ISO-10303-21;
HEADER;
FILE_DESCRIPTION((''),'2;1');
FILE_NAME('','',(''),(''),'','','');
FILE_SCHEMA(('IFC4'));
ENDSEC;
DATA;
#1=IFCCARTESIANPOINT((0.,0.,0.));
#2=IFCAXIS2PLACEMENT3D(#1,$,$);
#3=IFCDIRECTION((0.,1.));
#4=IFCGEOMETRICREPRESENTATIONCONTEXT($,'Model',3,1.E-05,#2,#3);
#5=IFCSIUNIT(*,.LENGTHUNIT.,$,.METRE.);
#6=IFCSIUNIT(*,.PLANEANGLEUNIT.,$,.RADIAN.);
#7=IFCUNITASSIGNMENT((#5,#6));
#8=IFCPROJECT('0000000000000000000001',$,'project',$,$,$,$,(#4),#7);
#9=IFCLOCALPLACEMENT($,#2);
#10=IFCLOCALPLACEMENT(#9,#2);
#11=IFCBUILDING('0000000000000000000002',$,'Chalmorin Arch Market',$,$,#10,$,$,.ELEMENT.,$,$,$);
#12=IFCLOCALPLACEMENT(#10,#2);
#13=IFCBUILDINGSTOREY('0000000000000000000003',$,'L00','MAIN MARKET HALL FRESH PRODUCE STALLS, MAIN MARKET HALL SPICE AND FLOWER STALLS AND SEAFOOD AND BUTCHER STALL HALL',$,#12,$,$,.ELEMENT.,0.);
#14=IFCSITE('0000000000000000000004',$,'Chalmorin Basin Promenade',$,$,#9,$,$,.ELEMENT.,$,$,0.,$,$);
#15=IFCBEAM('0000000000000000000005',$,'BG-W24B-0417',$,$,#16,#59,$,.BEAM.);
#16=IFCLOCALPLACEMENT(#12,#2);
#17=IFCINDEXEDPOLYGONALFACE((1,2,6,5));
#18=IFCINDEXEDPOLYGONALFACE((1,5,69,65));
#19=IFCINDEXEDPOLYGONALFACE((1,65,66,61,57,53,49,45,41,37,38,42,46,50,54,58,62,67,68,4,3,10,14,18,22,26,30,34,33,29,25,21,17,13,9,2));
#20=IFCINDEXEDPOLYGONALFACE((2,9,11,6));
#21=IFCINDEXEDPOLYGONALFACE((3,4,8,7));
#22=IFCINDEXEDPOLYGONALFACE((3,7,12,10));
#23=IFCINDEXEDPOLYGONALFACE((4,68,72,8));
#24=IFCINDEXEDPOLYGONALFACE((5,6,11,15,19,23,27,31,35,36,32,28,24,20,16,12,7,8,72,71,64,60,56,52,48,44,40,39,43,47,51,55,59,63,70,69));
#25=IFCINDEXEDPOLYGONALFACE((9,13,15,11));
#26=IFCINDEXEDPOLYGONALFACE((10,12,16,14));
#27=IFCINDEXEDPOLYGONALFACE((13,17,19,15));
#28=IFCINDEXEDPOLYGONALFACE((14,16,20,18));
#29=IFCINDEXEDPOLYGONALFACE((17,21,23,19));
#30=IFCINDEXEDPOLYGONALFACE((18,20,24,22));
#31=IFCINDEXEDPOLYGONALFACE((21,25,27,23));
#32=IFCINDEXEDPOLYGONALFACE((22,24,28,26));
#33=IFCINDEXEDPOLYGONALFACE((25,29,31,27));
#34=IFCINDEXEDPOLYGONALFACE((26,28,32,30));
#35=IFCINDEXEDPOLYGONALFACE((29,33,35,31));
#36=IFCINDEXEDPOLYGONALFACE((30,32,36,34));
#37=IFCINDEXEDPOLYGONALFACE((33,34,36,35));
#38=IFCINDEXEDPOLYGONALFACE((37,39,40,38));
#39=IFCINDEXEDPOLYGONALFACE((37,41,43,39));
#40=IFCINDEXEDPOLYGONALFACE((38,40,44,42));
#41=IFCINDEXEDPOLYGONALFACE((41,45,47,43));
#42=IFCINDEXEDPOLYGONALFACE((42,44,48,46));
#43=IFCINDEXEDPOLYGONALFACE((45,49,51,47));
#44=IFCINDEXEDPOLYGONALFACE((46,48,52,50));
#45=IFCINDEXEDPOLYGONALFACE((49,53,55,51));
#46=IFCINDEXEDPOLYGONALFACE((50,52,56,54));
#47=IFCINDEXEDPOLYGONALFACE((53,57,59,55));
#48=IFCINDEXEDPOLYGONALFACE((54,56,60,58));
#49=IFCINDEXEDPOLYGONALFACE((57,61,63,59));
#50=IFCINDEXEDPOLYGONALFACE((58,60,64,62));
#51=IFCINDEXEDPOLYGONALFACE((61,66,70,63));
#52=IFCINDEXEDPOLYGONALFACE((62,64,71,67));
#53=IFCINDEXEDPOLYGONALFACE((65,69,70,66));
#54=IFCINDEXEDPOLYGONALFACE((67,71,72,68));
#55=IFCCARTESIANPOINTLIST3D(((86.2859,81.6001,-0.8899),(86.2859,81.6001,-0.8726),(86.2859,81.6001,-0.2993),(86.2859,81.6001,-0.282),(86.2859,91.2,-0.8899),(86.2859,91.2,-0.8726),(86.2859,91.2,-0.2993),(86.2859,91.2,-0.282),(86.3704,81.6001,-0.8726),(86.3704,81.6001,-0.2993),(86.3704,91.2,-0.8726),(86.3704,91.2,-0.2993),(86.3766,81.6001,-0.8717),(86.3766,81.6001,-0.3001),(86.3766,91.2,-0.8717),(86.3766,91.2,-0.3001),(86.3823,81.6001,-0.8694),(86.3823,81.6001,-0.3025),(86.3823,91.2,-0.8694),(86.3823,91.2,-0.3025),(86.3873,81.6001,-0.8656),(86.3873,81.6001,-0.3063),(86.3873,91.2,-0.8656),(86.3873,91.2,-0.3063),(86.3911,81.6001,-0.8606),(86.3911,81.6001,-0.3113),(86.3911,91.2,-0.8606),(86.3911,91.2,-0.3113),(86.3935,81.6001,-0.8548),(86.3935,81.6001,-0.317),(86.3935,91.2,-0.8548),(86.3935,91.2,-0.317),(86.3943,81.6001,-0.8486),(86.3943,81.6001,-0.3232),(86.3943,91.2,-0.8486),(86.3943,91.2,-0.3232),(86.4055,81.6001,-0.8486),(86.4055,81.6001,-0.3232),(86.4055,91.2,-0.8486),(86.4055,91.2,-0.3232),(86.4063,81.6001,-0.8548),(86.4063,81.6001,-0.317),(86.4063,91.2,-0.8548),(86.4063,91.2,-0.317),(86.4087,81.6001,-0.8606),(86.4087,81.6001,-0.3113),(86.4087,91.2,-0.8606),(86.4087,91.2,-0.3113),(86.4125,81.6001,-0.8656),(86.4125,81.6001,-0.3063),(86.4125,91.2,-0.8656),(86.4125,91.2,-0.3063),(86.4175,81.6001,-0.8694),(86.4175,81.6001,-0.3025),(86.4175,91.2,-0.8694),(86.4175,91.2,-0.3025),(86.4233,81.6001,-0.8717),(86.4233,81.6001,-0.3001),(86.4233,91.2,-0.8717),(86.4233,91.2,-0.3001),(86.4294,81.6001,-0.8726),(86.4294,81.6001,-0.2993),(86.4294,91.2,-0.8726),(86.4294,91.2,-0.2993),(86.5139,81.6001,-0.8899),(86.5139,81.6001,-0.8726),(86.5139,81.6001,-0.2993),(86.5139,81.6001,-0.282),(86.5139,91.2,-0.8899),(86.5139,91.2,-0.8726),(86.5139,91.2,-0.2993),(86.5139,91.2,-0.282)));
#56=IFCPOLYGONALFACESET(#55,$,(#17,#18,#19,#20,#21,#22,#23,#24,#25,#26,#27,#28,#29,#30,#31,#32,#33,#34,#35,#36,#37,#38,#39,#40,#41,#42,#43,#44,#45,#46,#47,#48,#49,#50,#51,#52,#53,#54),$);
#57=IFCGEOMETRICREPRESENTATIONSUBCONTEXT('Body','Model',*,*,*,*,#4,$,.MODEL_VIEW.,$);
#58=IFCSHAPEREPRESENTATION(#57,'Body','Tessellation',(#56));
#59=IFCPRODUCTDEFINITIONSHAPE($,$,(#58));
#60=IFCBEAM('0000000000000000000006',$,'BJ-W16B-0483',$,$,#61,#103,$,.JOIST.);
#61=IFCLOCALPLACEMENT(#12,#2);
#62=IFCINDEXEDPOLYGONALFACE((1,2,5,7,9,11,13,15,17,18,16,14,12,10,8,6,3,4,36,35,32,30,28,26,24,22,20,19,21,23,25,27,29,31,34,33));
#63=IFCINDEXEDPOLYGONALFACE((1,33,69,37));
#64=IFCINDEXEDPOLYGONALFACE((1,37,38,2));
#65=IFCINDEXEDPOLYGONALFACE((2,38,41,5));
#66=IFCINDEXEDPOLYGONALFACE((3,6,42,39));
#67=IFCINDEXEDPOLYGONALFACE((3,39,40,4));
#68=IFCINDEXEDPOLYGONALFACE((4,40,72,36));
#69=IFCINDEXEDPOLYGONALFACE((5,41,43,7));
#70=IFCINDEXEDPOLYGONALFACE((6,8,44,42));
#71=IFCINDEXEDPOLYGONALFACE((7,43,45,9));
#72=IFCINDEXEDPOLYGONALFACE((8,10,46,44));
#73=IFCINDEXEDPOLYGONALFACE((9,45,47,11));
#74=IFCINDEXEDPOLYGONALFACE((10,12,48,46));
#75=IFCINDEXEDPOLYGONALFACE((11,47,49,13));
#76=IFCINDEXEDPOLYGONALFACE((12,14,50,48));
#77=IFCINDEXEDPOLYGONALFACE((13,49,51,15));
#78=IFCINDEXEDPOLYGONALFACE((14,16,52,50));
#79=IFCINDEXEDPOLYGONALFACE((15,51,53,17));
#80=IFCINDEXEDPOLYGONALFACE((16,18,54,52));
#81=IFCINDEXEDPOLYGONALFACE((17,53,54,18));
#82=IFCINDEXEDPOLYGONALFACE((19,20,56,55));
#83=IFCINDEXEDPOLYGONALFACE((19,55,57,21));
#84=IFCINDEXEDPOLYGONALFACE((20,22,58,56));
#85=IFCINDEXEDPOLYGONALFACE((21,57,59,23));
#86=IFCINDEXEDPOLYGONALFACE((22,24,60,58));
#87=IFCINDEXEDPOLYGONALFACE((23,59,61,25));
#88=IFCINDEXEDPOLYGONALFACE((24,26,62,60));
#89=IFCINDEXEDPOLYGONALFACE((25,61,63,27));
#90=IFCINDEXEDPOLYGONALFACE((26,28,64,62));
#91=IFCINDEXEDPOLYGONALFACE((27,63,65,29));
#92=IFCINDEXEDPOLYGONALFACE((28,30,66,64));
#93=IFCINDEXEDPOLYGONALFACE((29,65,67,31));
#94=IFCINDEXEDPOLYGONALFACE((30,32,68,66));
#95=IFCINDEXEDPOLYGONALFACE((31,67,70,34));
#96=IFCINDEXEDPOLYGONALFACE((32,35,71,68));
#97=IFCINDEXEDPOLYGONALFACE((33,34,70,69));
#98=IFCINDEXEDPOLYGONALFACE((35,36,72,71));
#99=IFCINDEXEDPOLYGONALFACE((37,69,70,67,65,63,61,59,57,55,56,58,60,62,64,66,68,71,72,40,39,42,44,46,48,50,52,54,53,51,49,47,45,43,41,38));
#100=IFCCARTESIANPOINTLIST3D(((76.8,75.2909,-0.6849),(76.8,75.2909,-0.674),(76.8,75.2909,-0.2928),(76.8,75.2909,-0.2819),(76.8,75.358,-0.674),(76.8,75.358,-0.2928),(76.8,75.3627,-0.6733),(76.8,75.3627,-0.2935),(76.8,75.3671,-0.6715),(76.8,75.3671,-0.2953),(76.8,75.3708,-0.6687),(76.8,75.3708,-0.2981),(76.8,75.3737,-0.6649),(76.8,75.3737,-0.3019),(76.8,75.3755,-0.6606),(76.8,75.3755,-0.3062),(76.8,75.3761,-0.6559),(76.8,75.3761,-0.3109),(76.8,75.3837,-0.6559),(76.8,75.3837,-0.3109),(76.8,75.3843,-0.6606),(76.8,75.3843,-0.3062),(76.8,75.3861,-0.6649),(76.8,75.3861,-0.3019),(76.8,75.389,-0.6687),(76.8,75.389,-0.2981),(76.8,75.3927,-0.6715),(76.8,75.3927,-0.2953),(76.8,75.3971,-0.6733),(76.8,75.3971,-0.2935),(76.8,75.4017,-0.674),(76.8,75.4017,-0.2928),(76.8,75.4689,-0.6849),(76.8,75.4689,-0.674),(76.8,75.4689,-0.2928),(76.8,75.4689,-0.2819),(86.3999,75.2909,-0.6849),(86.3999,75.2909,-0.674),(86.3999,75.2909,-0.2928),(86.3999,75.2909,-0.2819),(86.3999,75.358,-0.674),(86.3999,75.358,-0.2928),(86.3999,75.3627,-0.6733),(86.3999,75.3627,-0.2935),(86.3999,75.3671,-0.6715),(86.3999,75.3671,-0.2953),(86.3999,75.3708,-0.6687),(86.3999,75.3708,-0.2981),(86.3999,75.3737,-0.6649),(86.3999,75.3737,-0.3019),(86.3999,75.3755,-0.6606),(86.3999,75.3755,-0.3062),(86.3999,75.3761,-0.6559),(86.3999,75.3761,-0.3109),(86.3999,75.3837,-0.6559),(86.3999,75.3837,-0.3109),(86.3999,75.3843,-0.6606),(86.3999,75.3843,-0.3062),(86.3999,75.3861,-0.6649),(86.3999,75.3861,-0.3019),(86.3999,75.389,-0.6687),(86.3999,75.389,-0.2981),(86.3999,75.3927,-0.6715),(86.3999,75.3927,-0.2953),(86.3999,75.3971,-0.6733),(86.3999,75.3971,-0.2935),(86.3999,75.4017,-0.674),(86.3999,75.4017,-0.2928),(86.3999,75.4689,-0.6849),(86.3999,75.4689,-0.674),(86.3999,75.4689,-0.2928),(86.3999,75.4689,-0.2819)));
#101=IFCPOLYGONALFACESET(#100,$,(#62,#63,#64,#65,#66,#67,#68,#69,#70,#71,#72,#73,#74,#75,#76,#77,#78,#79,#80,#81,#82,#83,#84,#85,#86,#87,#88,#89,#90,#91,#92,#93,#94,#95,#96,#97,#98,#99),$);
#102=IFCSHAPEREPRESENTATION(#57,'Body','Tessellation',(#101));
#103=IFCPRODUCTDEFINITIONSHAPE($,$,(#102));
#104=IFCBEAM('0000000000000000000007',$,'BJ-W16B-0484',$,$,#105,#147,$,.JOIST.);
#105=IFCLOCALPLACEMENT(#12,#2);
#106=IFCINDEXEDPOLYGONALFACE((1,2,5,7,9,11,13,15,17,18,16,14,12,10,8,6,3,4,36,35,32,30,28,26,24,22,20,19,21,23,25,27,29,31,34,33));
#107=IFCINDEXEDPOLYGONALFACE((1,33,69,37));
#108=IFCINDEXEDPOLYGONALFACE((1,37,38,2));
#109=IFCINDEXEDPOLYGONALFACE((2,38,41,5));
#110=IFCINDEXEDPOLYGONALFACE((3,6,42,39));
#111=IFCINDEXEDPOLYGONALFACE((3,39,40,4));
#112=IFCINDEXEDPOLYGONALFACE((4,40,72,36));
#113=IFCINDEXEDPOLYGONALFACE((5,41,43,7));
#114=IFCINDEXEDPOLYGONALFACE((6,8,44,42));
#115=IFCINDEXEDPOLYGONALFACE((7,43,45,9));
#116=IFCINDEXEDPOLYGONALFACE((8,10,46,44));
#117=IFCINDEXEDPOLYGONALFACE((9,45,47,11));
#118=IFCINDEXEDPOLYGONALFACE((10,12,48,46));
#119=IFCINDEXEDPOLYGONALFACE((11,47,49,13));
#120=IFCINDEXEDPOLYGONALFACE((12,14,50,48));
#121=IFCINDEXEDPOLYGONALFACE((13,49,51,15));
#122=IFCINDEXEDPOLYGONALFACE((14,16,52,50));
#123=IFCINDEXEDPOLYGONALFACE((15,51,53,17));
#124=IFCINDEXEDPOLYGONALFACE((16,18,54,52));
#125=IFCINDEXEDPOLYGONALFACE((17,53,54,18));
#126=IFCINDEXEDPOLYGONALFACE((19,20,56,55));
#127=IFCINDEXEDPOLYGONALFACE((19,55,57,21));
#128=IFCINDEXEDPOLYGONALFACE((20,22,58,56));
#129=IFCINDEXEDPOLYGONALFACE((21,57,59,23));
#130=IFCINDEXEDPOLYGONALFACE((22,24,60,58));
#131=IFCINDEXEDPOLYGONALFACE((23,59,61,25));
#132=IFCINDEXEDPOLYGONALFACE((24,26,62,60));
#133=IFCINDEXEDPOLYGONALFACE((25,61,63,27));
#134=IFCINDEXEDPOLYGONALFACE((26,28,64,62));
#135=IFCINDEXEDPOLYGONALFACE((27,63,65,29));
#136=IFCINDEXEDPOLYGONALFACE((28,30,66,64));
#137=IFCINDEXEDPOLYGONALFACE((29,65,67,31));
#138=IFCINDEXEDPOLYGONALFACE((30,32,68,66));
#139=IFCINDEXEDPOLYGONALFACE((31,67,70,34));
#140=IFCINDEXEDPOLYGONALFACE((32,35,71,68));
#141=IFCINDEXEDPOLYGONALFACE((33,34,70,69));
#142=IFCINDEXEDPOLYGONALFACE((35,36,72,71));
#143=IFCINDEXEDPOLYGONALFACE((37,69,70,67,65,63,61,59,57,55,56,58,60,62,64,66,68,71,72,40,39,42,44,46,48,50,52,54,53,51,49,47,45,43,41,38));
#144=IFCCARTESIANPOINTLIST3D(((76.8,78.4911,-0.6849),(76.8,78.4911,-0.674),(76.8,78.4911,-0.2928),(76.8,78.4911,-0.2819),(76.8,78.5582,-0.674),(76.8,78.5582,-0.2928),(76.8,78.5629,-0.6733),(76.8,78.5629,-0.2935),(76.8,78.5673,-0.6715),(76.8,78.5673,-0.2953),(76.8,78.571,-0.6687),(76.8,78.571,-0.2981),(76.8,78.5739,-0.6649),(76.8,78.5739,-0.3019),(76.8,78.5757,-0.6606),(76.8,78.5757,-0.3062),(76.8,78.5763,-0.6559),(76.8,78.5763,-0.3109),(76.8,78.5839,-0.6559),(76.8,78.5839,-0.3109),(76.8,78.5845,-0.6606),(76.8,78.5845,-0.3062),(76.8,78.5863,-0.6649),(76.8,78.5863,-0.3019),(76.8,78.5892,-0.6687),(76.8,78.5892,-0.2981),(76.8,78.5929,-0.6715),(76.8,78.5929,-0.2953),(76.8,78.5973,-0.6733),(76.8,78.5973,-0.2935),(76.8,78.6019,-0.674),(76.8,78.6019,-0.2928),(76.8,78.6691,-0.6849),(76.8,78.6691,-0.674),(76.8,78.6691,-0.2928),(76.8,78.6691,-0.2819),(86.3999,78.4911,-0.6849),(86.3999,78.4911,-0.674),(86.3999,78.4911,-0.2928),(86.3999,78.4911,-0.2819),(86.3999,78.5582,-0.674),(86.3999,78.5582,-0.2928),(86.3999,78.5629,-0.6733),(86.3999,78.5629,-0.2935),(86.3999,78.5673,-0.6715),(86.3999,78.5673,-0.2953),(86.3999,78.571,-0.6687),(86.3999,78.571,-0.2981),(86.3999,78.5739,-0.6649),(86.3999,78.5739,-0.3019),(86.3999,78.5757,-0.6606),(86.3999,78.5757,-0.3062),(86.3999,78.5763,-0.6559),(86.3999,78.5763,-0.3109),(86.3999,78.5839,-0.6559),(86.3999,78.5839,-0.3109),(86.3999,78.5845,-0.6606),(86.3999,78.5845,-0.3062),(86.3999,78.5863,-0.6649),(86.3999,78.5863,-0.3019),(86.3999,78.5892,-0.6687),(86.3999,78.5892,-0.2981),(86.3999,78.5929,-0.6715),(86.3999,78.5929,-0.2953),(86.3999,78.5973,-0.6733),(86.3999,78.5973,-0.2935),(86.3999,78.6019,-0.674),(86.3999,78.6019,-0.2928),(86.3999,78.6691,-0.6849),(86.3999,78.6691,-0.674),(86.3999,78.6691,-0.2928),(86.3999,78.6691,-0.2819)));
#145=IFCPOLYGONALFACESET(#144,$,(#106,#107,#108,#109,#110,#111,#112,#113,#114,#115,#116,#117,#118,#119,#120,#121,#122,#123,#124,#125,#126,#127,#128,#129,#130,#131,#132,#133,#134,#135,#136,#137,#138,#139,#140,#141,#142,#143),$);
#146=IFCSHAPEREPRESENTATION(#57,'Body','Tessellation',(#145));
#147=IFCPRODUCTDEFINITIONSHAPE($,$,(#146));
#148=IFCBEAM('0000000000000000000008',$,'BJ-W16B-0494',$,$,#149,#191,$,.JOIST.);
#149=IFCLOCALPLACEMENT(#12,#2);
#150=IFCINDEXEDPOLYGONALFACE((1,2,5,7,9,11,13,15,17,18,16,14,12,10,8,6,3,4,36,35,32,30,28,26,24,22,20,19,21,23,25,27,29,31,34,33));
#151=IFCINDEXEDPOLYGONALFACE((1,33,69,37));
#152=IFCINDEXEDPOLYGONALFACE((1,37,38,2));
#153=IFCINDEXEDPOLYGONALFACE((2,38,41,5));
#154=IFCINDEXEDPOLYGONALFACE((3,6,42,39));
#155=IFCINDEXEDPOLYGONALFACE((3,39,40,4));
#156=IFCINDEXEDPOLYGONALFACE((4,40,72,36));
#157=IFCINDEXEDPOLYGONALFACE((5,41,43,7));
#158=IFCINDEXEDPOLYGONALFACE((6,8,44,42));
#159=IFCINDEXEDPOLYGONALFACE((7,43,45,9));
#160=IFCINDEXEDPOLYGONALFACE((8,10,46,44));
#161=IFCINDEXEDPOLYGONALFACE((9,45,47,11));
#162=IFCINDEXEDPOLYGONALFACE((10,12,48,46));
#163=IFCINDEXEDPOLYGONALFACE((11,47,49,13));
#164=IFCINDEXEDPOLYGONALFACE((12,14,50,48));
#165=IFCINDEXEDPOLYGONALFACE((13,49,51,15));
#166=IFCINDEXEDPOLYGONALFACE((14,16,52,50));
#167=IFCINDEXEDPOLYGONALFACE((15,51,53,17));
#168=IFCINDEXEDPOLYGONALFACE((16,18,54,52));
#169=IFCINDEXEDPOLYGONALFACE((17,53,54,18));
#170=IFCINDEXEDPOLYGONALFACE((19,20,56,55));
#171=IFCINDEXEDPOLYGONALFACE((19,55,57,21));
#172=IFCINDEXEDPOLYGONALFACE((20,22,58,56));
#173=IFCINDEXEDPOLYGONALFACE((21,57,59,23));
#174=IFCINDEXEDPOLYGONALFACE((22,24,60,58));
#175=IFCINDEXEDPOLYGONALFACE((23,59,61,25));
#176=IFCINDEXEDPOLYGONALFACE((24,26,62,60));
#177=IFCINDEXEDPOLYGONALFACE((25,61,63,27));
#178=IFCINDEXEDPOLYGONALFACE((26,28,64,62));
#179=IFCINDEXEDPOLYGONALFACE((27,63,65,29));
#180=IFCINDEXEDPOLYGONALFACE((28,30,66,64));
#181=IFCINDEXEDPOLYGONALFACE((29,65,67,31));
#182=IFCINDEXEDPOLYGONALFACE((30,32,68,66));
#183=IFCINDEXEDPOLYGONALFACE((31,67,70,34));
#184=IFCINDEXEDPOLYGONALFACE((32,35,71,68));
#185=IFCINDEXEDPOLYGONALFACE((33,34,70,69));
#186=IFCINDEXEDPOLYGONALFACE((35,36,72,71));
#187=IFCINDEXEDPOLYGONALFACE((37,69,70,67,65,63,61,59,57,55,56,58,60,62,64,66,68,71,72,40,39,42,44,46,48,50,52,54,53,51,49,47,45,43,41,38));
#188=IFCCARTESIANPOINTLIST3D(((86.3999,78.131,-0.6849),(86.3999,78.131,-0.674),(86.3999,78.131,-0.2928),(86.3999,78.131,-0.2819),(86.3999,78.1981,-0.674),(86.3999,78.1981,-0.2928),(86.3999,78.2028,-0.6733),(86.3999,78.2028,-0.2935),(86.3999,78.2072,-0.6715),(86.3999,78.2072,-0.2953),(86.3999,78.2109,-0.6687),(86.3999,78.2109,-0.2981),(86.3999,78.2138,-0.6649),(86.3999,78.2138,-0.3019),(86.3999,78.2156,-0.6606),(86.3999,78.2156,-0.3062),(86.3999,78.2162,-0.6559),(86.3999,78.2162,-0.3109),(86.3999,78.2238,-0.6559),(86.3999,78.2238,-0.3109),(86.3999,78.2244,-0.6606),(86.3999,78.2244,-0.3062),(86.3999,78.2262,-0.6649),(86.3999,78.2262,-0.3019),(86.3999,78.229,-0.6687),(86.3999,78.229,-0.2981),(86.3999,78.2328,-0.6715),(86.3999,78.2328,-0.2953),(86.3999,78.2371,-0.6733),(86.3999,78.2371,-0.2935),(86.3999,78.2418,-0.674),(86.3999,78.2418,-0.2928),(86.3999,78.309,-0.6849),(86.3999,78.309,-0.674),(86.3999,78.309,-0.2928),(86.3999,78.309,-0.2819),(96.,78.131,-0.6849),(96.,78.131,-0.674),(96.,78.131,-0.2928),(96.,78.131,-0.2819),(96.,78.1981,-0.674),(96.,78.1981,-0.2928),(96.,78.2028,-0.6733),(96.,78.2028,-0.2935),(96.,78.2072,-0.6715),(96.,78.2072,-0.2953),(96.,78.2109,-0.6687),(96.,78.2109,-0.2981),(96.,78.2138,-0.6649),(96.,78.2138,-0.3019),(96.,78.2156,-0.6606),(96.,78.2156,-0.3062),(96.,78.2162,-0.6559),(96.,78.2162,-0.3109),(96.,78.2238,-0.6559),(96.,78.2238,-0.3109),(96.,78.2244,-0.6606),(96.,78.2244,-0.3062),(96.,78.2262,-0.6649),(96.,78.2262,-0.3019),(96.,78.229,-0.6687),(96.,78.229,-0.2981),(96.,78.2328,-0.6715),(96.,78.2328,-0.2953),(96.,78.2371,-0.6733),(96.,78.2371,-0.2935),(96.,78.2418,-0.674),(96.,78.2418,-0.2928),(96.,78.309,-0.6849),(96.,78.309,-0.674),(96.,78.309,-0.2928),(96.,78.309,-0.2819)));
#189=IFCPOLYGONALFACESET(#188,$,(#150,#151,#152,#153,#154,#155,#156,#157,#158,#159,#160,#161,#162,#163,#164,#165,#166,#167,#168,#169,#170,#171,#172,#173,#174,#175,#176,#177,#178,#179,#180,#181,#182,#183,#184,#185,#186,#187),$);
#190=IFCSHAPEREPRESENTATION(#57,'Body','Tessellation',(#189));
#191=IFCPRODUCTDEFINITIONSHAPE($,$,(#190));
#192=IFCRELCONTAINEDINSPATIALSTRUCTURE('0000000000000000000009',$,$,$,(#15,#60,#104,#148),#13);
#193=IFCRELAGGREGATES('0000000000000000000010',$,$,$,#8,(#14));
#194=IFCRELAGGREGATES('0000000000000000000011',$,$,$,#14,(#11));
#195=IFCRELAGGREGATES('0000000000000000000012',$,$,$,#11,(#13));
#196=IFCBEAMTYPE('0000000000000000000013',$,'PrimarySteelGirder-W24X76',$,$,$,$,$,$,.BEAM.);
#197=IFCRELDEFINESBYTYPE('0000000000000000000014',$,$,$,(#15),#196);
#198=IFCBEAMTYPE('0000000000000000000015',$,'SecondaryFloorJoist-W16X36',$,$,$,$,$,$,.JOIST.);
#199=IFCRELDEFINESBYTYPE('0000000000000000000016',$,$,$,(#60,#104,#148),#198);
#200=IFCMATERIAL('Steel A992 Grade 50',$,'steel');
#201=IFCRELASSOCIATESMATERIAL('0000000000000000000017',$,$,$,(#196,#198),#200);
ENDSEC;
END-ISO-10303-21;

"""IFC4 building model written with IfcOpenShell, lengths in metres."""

from ifc_helpers import new_model, si_unit, direction, frame, origin, origin_2d, place, context, subcontext, project, spatial, i_section, extrude, material, material_profile, profile_set, type_object, element, save


model = new_model("IFC4")

# Units and contexts
model_context = context("Model", 3, precision=1e-05, world=origin(), true_north=direction((0.0, 1.0)))
body_context = subcontext(model_context, "Body", "Model", "MODEL_VIEW")
ifc_project = project(units=[si_unit("LENGTHUNIT", "METRE"), si_unit("PLANEANGLEUNIT", "RADIAN")], contexts=[model_context])

# Site, building, storey
site_placement = place(None, origin())
site = spatial("IfcSite", under=ifc_project, at=site_placement, Name="Chalmorin Basin Promenade", CompositionType="ELEMENT", RefElevation=0.0)
building_placement = place(site_placement, origin())
building = spatial("IfcBuilding", under=site, at=building_placement, Name="Chalmorin Arch Market", CompositionType="ELEMENT")
storey_placement = place(building_placement, origin())
storey = spatial("IfcBuildingStorey", under=building, at=storey_placement, Name="L00", Description="MAIN MARKET HALL FRESH PRODUCE STALLS, MAIN MARKET HALL SPICE AND FLOWER STALLS AND SEAFOOD AND BUTCHER STALL HALL", CompositionType="ELEMENT", Elevation=0.0)

# Beams
ifc_material_1 = material(Name="Steel A992 Grade 50", Category="steel")
ifc_material_profile_1 = material_profile(ifc_material_1, i_section(OverallWidth=0.228, OverallDepth=0.6079, WebThickness=0.0112, FlangeThickness=0.0173, FilletRadius=0.0239, at=origin_2d()), Name="W24X76")
ifc_profile_set_1 = profile_set([ifc_material_profile_1], Name="Steel A992 Grade 50")
beam_type_1 = type_object("IfcBeamType", Name="PrimarySteelGirder-W24X76", PredefinedType="BEAM", material=ifc_profile_set_1)
for number, where, z_axis, x_axis, name in (
    (1, (86.3999, 81.6001, -0.5859), (0.0, 1.0, 0.0), (-1.0, 0.0, 0.0), "BG-W24B-0417"),
):
    element("IfcBeam", number, at=place(storey_placement, frame(where, z_axis=z_axis, x_axis=x_axis)), inside=storey, type_object=beam_type_1, Name=name, PredefinedType="BEAM", context=body_context, shape_type="SweptSolid", body=[
        extrude(i_section(OverallWidth=0.228, OverallDepth=0.6079, WebThickness=0.0112, FlangeThickness=0.0173, FilletRadius=0.0239, at=origin_2d()), origin(), (0.0, 0.0, 1.0), 9.5999),
    ])
ifc_material_profile_2 = material_profile(ifc_material_1, i_section(OverallWidth=0.178, OverallDepth=0.4031, WebThickness=0.0076, FlangeThickness=0.011, FilletRadius=0.0181, at=origin_2d()), Name="W16X36")
ifc_profile_set_2 = profile_set([ifc_material_profile_2], Name="Steel A992 Grade 50")
beam_type_2 = type_object("IfcBeamType", Name="SecondaryFloorJoist-W16X36", PredefinedType="JOIST", material=ifc_profile_set_2)
for number, where, z_axis, x_axis, name in (
    (2, (76.8, 75.3799, -0.4834), (1.0, 0.0, 0.0), (0.0, 1.0, 0.0), "BJ-W16B-0483"),
    (3, (76.8, 78.5801, -0.4834), (1.0, 0.0, 0.0), (0.0, 1.0, 0.0), "BJ-W16B-0484"),
):
    element("IfcBeam", number, at=place(storey_placement, frame(where, z_axis=z_axis, x_axis=x_axis)), inside=storey, type_object=beam_type_2, Name=name, PredefinedType="JOIST", context=body_context, shape_type="SweptSolid", body=[
        extrude(i_section(OverallWidth=0.178, OverallDepth=0.4031, WebThickness=0.0076, FlangeThickness=0.011, FilletRadius=0.0181, at=origin_2d()), origin(), (0.0, 0.0, 1.0), 9.5999),
    ])
for number, where, z_axis, x_axis, name in (
    (4, (86.3999, 78.22, -0.4834), (1.0, 0.0, 0.0), (0.0, 1.0, 0.0), "BJ-W16B-0494"),
):
    element("IfcBeam", number, at=place(storey_placement, frame(where, z_axis=z_axis, x_axis=x_axis)), inside=storey, type_object=beam_type_2, Name=name, PredefinedType="JOIST", context=body_context, shape_type="SweptSolid", body=[
        extrude(i_section(OverallWidth=0.178, OverallDepth=0.4031, WebThickness=0.0076, FlangeThickness=0.011, FilletRadius=0.0181, at=origin_2d()), origin(), (0.0, 0.0, 1.0), 9.6001),
    ])

save(model, "model.ifc")
